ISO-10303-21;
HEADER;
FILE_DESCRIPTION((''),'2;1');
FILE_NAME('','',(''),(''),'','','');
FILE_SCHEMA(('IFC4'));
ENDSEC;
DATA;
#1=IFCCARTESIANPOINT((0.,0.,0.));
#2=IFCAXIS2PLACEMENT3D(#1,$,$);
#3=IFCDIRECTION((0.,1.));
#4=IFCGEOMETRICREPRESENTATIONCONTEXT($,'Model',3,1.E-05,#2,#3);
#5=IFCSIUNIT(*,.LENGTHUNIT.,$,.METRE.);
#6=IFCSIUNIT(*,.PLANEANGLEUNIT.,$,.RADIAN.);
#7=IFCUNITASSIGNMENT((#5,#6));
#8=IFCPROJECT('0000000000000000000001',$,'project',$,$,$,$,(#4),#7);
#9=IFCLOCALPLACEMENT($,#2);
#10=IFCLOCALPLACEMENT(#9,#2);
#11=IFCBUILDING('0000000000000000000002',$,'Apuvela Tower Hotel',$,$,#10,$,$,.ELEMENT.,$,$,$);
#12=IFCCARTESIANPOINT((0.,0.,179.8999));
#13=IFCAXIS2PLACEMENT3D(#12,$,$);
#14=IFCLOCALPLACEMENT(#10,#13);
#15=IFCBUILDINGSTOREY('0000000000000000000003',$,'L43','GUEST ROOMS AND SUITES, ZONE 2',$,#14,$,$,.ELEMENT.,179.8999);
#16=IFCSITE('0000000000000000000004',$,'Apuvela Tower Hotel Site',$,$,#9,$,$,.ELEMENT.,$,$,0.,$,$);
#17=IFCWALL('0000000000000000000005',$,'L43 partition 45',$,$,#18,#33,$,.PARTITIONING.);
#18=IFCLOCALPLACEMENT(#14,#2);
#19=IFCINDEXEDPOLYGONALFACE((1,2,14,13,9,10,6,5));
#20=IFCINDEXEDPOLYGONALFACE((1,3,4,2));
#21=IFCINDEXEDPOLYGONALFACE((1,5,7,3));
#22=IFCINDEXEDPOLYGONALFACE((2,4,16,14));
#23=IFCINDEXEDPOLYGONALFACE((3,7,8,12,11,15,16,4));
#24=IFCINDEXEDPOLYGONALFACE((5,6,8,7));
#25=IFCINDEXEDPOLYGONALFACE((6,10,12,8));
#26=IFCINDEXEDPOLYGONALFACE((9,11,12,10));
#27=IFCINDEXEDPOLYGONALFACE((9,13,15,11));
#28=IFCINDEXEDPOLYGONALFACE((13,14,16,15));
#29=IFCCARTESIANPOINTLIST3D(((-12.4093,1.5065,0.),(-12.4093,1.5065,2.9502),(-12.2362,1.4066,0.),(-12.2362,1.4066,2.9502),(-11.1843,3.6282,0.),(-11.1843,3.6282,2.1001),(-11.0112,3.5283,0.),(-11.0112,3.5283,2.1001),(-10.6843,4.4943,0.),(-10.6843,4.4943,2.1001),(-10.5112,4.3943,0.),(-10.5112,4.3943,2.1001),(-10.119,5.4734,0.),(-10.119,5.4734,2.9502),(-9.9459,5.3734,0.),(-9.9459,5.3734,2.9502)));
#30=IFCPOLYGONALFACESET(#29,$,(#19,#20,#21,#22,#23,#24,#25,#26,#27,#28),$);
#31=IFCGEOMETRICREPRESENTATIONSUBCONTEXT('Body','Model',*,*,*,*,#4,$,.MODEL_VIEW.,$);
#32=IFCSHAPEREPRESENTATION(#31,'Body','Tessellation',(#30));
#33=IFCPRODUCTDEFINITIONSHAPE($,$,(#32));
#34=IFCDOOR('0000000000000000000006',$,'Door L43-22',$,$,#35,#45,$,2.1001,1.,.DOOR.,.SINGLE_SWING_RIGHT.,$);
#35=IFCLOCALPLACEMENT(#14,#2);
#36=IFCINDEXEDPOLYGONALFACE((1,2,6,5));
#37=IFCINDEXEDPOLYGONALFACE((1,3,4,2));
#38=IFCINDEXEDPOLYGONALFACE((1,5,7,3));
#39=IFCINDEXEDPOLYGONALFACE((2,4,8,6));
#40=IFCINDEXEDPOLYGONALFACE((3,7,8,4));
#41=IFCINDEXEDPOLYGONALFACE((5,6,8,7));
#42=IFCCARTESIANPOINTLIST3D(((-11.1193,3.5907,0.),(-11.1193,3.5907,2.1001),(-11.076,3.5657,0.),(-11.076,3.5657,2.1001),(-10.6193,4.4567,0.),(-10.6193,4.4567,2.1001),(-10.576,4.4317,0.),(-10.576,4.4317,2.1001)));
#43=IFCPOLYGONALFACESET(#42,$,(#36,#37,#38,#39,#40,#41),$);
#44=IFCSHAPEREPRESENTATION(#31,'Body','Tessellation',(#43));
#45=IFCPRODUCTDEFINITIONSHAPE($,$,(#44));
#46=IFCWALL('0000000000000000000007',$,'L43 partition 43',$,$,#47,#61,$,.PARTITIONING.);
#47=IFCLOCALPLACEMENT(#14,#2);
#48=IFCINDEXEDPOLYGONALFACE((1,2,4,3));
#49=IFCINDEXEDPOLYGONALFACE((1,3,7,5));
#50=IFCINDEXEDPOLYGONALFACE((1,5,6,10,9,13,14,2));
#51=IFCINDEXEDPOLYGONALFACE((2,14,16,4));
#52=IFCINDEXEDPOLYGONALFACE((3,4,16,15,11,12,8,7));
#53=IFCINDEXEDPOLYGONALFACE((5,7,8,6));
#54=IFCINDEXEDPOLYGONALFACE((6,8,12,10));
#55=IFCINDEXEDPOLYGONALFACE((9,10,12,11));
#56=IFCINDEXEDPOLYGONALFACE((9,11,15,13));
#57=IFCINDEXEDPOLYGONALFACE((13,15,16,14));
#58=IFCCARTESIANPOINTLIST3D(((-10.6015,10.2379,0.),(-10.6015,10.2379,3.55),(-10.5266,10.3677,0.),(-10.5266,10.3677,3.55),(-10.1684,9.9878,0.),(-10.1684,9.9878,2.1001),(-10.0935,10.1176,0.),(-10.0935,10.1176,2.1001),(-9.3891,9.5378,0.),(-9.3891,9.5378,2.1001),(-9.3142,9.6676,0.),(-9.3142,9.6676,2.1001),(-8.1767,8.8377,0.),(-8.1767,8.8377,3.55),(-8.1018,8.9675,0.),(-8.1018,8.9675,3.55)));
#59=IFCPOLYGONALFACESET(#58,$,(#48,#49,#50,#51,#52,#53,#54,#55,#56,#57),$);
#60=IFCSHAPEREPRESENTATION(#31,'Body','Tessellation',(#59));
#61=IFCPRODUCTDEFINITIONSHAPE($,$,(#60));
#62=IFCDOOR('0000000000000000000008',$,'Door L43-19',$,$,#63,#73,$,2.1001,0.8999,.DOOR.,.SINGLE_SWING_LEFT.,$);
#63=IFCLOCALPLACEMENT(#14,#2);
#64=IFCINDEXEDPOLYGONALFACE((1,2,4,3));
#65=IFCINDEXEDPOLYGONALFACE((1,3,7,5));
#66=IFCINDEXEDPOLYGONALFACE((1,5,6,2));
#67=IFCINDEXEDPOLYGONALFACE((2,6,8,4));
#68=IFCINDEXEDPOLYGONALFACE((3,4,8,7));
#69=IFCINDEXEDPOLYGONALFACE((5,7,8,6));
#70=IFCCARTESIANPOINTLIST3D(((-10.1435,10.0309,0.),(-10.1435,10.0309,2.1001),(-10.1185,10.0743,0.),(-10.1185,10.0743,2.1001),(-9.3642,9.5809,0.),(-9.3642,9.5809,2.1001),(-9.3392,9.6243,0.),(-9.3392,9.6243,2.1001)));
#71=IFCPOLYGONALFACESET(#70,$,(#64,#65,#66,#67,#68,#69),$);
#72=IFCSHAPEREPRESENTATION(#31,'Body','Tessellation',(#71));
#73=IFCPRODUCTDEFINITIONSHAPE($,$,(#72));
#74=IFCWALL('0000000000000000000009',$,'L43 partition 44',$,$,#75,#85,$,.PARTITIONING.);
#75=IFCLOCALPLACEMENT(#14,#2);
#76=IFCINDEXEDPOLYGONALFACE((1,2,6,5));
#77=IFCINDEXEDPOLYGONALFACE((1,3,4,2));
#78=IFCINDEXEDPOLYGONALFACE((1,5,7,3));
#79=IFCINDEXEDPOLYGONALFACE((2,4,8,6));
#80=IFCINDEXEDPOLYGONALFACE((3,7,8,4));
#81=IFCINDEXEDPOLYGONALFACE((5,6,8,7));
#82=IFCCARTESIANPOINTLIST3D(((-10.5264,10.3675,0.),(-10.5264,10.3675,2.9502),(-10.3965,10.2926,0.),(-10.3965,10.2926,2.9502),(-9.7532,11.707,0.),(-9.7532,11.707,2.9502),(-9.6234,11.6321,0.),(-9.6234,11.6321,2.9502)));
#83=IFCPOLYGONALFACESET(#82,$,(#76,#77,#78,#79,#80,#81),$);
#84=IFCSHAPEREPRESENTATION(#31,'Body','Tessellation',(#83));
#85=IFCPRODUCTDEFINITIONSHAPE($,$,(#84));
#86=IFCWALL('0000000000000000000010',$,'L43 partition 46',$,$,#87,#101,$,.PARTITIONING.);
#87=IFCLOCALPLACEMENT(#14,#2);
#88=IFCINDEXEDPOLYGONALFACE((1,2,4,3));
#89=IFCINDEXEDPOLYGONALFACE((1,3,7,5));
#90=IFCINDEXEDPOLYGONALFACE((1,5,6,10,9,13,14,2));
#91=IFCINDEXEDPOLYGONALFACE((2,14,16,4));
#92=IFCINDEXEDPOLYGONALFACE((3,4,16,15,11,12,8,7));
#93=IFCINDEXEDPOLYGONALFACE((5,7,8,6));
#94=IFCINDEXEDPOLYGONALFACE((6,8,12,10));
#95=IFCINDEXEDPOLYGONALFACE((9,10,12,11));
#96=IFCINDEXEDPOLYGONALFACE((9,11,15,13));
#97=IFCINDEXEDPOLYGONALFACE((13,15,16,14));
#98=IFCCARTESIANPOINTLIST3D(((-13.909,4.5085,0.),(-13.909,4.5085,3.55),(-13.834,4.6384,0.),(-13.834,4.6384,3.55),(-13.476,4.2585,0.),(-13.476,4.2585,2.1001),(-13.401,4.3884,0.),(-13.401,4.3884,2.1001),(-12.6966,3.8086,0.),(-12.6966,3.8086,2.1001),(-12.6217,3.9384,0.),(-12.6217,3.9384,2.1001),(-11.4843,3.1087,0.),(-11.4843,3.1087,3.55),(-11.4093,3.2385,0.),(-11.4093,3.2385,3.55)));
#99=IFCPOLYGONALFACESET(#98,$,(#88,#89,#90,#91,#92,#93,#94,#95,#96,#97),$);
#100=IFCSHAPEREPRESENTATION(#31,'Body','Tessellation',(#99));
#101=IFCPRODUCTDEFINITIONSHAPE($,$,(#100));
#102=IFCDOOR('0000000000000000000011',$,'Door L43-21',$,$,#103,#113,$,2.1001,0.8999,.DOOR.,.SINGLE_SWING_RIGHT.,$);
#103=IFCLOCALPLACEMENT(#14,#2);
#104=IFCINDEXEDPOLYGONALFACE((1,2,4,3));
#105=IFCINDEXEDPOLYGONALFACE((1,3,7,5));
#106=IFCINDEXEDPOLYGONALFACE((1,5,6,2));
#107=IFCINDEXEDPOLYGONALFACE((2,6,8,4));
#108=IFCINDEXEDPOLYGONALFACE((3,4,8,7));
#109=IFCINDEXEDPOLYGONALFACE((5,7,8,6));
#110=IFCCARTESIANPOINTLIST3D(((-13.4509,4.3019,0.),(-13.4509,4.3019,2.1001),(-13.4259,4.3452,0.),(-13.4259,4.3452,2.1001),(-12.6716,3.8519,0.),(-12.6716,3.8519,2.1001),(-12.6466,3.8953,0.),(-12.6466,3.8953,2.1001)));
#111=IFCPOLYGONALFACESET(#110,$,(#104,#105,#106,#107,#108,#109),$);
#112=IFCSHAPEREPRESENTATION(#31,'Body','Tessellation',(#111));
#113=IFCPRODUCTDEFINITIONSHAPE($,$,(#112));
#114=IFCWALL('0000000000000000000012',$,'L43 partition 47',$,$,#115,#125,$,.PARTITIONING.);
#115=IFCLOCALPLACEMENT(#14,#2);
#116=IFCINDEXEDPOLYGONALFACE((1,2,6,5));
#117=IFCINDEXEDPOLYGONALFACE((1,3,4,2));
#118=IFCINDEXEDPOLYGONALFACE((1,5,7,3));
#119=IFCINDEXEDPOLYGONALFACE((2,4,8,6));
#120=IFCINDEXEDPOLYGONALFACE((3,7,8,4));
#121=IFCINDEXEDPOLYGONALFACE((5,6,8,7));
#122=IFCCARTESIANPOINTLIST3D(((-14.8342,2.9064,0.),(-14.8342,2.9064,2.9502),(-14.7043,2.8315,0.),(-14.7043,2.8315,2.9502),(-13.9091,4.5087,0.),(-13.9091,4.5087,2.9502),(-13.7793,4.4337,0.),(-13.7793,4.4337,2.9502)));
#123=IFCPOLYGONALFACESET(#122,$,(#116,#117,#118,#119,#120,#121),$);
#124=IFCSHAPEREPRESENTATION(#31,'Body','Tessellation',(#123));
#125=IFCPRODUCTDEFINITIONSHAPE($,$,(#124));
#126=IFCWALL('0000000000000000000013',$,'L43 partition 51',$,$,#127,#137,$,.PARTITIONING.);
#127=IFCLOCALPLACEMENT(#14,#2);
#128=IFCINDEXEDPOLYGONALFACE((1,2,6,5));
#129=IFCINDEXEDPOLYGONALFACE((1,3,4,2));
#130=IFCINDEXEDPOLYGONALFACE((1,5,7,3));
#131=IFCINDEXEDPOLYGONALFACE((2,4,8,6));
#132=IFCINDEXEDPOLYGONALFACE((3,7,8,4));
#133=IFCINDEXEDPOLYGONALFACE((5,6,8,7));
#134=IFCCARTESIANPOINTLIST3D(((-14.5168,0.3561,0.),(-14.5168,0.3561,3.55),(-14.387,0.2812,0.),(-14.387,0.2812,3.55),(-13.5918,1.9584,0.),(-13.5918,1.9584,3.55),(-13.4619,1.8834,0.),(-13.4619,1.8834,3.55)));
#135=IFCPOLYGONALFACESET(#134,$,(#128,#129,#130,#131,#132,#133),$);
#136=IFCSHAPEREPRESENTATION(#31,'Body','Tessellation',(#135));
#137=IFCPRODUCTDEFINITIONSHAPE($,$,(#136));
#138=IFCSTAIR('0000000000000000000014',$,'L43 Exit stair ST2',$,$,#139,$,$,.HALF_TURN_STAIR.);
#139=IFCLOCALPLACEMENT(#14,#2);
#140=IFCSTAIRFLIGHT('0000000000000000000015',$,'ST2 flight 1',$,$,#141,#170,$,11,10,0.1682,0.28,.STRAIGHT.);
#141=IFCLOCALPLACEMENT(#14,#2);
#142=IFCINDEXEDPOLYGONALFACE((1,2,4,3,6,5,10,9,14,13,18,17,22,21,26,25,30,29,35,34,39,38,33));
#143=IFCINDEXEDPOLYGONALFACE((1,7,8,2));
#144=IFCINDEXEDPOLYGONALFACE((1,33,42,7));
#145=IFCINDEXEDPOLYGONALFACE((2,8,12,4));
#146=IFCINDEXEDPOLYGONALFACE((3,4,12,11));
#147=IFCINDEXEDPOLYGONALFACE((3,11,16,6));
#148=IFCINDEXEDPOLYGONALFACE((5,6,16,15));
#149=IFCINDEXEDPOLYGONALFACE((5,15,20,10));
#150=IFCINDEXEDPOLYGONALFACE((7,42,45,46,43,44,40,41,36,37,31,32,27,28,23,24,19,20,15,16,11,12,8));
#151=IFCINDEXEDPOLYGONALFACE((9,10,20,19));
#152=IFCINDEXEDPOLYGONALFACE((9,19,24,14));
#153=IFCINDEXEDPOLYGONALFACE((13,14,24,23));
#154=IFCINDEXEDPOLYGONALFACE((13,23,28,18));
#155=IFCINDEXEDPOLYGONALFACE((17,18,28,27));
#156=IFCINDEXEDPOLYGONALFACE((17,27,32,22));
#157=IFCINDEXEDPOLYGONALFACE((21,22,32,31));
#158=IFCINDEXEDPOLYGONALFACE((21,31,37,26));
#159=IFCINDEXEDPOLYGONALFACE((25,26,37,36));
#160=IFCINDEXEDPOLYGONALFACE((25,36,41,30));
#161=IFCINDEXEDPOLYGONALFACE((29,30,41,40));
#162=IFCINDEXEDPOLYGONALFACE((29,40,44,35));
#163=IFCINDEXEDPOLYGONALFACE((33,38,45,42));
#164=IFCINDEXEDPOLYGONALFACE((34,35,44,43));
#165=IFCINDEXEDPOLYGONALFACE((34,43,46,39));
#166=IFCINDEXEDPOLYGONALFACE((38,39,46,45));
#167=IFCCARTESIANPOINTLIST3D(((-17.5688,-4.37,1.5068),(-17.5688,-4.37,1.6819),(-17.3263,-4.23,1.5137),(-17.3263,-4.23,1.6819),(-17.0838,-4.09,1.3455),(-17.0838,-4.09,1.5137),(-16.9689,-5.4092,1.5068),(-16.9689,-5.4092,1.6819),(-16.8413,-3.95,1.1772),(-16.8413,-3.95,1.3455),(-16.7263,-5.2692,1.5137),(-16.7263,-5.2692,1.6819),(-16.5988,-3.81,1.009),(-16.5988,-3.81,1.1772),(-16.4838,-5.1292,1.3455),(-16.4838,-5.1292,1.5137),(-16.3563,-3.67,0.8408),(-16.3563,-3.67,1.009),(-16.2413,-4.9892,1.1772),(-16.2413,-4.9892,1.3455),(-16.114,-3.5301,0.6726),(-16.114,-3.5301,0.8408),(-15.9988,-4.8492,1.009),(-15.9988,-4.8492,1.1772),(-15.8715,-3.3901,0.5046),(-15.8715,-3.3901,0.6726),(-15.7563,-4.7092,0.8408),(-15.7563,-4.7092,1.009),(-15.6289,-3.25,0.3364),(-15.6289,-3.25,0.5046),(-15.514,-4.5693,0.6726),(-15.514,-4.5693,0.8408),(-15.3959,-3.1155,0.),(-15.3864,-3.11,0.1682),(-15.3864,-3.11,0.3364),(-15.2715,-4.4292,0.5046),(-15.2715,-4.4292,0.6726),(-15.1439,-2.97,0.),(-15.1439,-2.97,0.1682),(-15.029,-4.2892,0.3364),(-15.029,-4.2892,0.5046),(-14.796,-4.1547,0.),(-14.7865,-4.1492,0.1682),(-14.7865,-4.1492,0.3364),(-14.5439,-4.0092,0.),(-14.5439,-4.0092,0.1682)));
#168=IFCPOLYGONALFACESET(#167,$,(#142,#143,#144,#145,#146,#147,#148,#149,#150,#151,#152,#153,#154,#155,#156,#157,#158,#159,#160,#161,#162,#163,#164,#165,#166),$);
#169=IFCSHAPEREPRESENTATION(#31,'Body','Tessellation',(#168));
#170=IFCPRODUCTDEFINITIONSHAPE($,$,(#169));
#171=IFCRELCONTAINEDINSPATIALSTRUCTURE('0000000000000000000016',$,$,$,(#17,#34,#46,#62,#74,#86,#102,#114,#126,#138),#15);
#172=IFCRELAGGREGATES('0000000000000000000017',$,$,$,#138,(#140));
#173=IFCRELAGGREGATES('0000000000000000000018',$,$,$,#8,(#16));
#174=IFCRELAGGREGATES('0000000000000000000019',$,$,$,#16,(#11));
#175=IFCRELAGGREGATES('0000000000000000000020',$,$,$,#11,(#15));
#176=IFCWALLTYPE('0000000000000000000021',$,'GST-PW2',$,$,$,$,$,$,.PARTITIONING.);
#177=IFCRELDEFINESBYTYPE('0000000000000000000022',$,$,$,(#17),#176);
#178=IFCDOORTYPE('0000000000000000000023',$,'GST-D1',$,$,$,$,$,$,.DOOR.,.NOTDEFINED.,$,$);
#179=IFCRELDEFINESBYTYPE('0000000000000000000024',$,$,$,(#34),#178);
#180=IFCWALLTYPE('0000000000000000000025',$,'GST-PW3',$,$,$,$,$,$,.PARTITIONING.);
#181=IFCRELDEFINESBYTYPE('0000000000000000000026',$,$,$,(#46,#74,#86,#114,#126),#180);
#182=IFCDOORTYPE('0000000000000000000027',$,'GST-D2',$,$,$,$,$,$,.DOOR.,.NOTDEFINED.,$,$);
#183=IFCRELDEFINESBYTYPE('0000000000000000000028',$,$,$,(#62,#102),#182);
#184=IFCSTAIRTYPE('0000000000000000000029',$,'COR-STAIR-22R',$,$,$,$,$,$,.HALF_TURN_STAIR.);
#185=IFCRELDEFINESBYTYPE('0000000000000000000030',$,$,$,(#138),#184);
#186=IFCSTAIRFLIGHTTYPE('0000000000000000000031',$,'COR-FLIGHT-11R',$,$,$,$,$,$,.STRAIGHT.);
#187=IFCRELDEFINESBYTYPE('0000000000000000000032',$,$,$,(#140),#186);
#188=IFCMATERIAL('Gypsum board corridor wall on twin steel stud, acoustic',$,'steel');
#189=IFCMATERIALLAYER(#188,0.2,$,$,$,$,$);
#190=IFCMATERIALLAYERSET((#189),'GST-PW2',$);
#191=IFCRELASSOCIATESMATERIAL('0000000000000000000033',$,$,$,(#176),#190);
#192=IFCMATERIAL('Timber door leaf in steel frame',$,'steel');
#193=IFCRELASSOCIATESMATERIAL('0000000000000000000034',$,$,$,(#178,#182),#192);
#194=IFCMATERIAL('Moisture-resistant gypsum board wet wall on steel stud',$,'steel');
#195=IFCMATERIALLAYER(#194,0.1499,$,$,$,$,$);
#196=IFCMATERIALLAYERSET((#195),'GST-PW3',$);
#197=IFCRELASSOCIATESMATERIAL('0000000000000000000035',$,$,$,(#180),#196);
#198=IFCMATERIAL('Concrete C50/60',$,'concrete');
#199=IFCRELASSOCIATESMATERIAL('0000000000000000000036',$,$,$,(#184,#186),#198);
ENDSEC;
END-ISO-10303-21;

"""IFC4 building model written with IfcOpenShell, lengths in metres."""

from ifc_helpers import new_model, si_unit, direction, frame, frame_2d, origin, place, context, subcontext, project, spatial, polyline, rectangle, outline, extrude, material, layer, layer_set, type_object, element, fill, aggregate, save


model = new_model("IFC4")

# Units and contexts
model_context = context("Model", 3, precision=1e-05, world=origin(), true_north=direction((0.0, 1.0)))
body_context = subcontext(model_context, "Body", "Model", "MODEL_VIEW")
ifc_project = project(units=[si_unit("LENGTHUNIT", "METRE"), si_unit("PLANEANGLEUNIT", "RADIAN")], contexts=[model_context])

# Site, building, storey
site_placement = place(None, origin())
site = spatial("IfcSite", under=ifc_project, at=site_placement, Name="Apuvela Tower Hotel Site", CompositionType="ELEMENT", RefElevation=0.0)
building_placement = place(site_placement, origin())
building = spatial("IfcBuilding", under=site, at=building_placement, Name="Apuvela Tower Hotel", CompositionType="ELEMENT")
storey_placement = place(building_placement, frame((0.0, 0.0, 179.8999)))
storey = spatial("IfcBuildingStorey", under=building, at=storey_placement, Name="L43", Description="GUEST ROOMS AND SUITES, ZONE 2", CompositionType="ELEMENT", Elevation=179.8999)

# Shared definitions
ifc_material_1 = material(Name="Concrete C50/60", Category="concrete")

# Walls, openings, doors
ifc_material_2 = material(Name="Gypsum board corridor wall on twin steel stud, acoustic", Category="steel")
ifc_layer_1 = layer(ifc_material_2, 0.2)
ifc_layer_set_1 = layer_set([ifc_layer_1], Name="GST-PW2")
wall_type_1 = type_object("IfcWallType", Name="GST-PW2", PredefinedType="PARTITIONING", material=ifc_layer_set_1)
ifc_material_3 = material(Name="Timber door leaf in steel frame", Category="steel")
door_type_1 = type_object("IfcDoorType", Name="GST-D1", OperationType="NOTDEFINED", PredefinedType="DOOR", material=ifc_material_3)
wall_1_placement = place(storey_placement, frame((-12.3228, 1.4565, 0.0), z_axis=(0.0, 0.0, 1.0), x_axis=(0.500009, 0.86602, 0.0)))
wall_1 = element("IfcWall", 1, at=wall_1_placement, inside=storey, type_object=wall_type_1, Name="L43 partition 45", PredefinedType="PARTITIONING", context=body_context, shape_type="SweptSolid", body=[
    extrude(rectangle(XDim=4.5806, YDim=0.2, at=frame_2d((2.2903, 0.0))), origin(), (0.0, 0.0, 1.0), 2.9502),
])
opening_1_placement = place(wall_1_placement, frame((2.45, 0.0, 0.0)))
opening_1 = element("IfcOpeningElement", 2, at=opening_1_placement, cuts=wall_1, PredefinedType="OPENING", context=body_context, shape_type="SweptSolid", body=[
    extrude(rectangle(XDim=1.0, YDim=2.1001, at=frame_2d((0.5, 1.05))), frame((0.0, 0.1099, 0.0), z_axis=(0.0, -1.0, 0.0), x_axis=(1.0, 0.0, 0.0)), (0.0, 0.0, 1.0), 0.22),
])
door_1_placement = place(opening_1_placement, origin())
door_1 = element("IfcDoor", 3, at=door_1_placement, inside=storey, type_object=door_type_1, Name="Door L43-22", OperationType="SINGLE_SWING_RIGHT", OverallHeight=2.1001, OverallWidth=1.0, PredefinedType="DOOR", context=body_context, shape_type="SweptSolid", body=[
    extrude(rectangle(XDim=1.0, YDim=2.1001, at=frame_2d((0.5, 1.05))), frame((0.0, 0.0249, 0.0), z_axis=(0.0, -1.0, 0.0), x_axis=(1.0, 0.0, 0.0)), (0.0, 0.0, 1.0), 0.05),
])
fill(opening_1, door_1)
ifc_material_4 = material(Name="Moisture-resistant gypsum board wet wall on steel stud", Category="steel")
ifc_layer_2 = layer(ifc_material_4, 0.1499)
ifc_layer_set_2 = layer_set([ifc_layer_2], Name="GST-PW3")
wall_type_2 = type_object("IfcWallType", Name="GST-PW3", PredefinedType="PARTITIONING", material=ifc_layer_set_2)
wall_2_placement = place(storey_placement, frame((-10.564, 10.3027, 0.0), z_axis=(0.0, 0.0, 1.0), x_axis=(0.865997, -0.50005, 0.0)))
wall_2 = element("IfcWall", 4, at=wall_2_placement, inside=storey, type_object=wall_type_2, Name="L43 partition 43", PredefinedType="PARTITIONING", context=body_context, shape_type="SweptSolid", body=[
    extrude(rectangle(XDim=2.8, YDim=0.1499, at=frame_2d((1.3999, 0.0))), origin(), (0.0, 0.0, 1.0), 3.55),
])
opening_2_placement = place(wall_2_placement, frame((0.5, 0.0, 0.0)))
opening_2 = element("IfcOpeningElement", 5, at=opening_2_placement, cuts=wall_2, PredefinedType="OPENING", context=body_context, shape_type="SweptSolid", body=[
    extrude(rectangle(XDim=0.8999, YDim=2.1001, at=frame_2d((0.45, 1.05))), frame((0.0, 0.085, 0.0), z_axis=(0.0, -1.0, 0.0), x_axis=(1.0, 0.0, 0.0)), (0.0, 0.0, 1.0), 0.1699),
])
door_type_2 = type_object("IfcDoorType", Name="GST-D2", OperationType="NOTDEFINED", PredefinedType="DOOR", material=ifc_material_3)
door_2_placement = place(opening_2_placement, origin())
door_2 = element("IfcDoor", 6, at=door_2_placement, inside=storey, type_object=door_type_2, Name="Door L43-19", OperationType="SINGLE_SWING_LEFT", OverallHeight=2.1001, OverallWidth=0.8999, PredefinedType="DOOR", context=body_context, shape_type="SweptSolid", body=[
    extrude(rectangle(XDim=0.8999, YDim=2.1001, at=frame_2d((0.45, 1.05))), frame((0.0, 0.0249, 0.0), z_axis=(0.0, -1.0, 0.0), x_axis=(1.0, 0.0, 0.0)), (0.0, 0.0, 1.0), 0.05),
])
fill(opening_2, door_2)

# Wall
wall_3_placement = place(storey_placement, frame((-9.6882, 11.6697, 0.0), z_axis=(0.0, 0.0, 1.0), x_axis=(-0.499891, -0.866088, 0.0)))
element("IfcWall", 7, at=wall_3_placement, inside=storey, type_object=wall_type_2, Name="L43 partition 44", PredefinedType="PARTITIONING", context=body_context, shape_type="SweptSolid", body=[
    extrude(rectangle(XDim=1.5466, YDim=0.1499, at=frame_2d((0.7734, 0.0))), origin(), (0.0, 0.0, 1.0), 2.9502),
])

# Wall, opening, door
wall_4_placement = place(storey_placement, frame((-11.4468, 3.1736, 0.0), z_axis=(0.0, 0.0, 1.0), x_axis=(-0.866035, 0.499984, 0.0)))
wall_4 = element("IfcWall", 8, at=wall_4_placement, inside=storey, type_object=wall_type_2, Name="L43 partition 46", PredefinedType="PARTITIONING", context=body_context, shape_type="SweptSolid", body=[
    extrude(rectangle(XDim=2.7998, YDim=0.1499, at=frame_2d((1.3999, 0.0))), origin(), (0.0, 0.0, 1.0), 3.55),
])
opening_3_placement = place(wall_4_placement, frame((1.3999, 0.0, 0.0)))
opening_3 = element("IfcOpeningElement", 9, at=opening_3_placement, cuts=wall_4, PredefinedType="OPENING", context=body_context, shape_type="SweptSolid", body=[
    extrude(rectangle(XDim=0.8999, YDim=2.1001, at=frame_2d((0.45, 1.05))), frame((0.0, 0.085, 0.0), z_axis=(0.0, -1.0, 0.0), x_axis=(1.0, 0.0, 0.0)), (0.0, 0.0, 1.0), 0.1699),
])
door_3_placement = place(opening_3_placement, origin())
door_3 = element("IfcDoor", 10, at=door_3_placement, inside=storey, type_object=door_type_2, Name="Door L43-21", OperationType="SINGLE_SWING_RIGHT", OverallHeight=2.1001, OverallWidth=0.8999, PredefinedType="DOOR", context=body_context, shape_type="SweptSolid", body=[
    extrude(rectangle(XDim=0.8999, YDim=2.1001, at=frame_2d((0.45, 1.05))), frame((0.0, 0.0249, 0.0), z_axis=(0.0, -1.0, 0.0), x_axis=(1.0, 0.0, 0.0)), (0.0, 0.0, 1.0), 0.05),
])
fill(opening_3, door_3)

# Walls
wall_5_placement = place(storey_placement, frame((-13.8442, 4.4712, 0.0), z_axis=(0.0, 0.0, 1.0), x_axis=(-0.499985, -0.866034, 0.0)))
element("IfcWall", 11, at=wall_5_placement, inside=storey, type_object=wall_type_2, Name="L43 partition 47", PredefinedType="PARTITIONING", context=body_context, shape_type="SweptSolid", body=[
    extrude(rectangle(XDim=1.8501, YDim=0.1499, at=frame_2d((0.925, 0.0))), origin(), (0.0, 0.0, 1.0), 2.9502),
])
wall_6_placement = place(storey_placement, frame((-13.5269, 1.9209, 0.0), z_axis=(0.0, 0.0, 1.0), x_axis=(-0.499985, -0.866034, 0.0)))
element("IfcWall", 12, at=wall_6_placement, inside=storey, type_object=wall_type_2, Name="L43 partition 51", PredefinedType="PARTITIONING", context=body_context, shape_type="SweptSolid", body=[
    extrude(rectangle(XDim=1.8501, YDim=0.1499, at=frame_2d((0.925, 0.0))), origin(), (0.0, 0.0, 1.0), 3.55),
])

# Stair, stair flight
stair_type = type_object("IfcStairType", Name="COR-STAIR-22R", PredefinedType="HALF_TURN_STAIR", material=ifc_material_1)
stair_placement = place(storey_placement, origin())
stair = element("IfcStair", 13, at=stair_placement, inside=storey, type_object=stair_type, Name="L43 Exit stair ST2", PredefinedType="HALF_TURN_STAIR")
stair_flight_type = type_object("IfcStairFlightType", Name="COR-FLIGHT-11R", PredefinedType="STRAIGHT", material=ifc_material_1)
stair_flight_placement = place(storey_placement, frame((-14.844, -3.4895, 0.0), z_axis=(0.0, 0.0, 1.0), x_axis=(-0.866025, -0.5, 0.0)))
stair_flight = element("IfcStairFlight", 14, at=stair_flight_placement, type_object=stair_flight_type, Name="ST2 flight 1", NumberOfRisers=11, NumberOfTreads=10, PredefinedType="STRAIGHT", RiserHeight=0.1682, TreadLength=0.28, context=body_context, shape_type="SweptSolid", body=[
    extrude(outline(polyline([(0.0, 0.0), (0.0, 0.1682), (0.28, 0.1682), (0.28, 0.3364), (0.5601, 0.3364), (0.5601, 0.5046), (0.8401, 0.5046), (0.8401, 0.6726), (1.1201, 0.6726), (1.1201, 0.8408), (1.3999, 0.8408), (1.3999, 1.009), (1.6799, 1.009), (1.6799, 1.1772), (1.96, 1.1772), (1.96, 1.3455), (2.24, 1.3455), (2.24, 1.5137), (2.52, 1.5137), (2.52, 1.6819), (2.8, 1.6819), (2.8, 1.8501), (2.8, 1.5068), (0.291, 0.0), (0.0, 0.0)])), frame((0.0, 0.6001, 0.0), z_axis=(0.0, -1.0, 0.0), x_axis=(1.0, 0.0, 0.0)), (0.0, 0.0, 1.0), 1.2),
])
aggregate(stair, [stair_flight])

save(model, "model.ifc")
